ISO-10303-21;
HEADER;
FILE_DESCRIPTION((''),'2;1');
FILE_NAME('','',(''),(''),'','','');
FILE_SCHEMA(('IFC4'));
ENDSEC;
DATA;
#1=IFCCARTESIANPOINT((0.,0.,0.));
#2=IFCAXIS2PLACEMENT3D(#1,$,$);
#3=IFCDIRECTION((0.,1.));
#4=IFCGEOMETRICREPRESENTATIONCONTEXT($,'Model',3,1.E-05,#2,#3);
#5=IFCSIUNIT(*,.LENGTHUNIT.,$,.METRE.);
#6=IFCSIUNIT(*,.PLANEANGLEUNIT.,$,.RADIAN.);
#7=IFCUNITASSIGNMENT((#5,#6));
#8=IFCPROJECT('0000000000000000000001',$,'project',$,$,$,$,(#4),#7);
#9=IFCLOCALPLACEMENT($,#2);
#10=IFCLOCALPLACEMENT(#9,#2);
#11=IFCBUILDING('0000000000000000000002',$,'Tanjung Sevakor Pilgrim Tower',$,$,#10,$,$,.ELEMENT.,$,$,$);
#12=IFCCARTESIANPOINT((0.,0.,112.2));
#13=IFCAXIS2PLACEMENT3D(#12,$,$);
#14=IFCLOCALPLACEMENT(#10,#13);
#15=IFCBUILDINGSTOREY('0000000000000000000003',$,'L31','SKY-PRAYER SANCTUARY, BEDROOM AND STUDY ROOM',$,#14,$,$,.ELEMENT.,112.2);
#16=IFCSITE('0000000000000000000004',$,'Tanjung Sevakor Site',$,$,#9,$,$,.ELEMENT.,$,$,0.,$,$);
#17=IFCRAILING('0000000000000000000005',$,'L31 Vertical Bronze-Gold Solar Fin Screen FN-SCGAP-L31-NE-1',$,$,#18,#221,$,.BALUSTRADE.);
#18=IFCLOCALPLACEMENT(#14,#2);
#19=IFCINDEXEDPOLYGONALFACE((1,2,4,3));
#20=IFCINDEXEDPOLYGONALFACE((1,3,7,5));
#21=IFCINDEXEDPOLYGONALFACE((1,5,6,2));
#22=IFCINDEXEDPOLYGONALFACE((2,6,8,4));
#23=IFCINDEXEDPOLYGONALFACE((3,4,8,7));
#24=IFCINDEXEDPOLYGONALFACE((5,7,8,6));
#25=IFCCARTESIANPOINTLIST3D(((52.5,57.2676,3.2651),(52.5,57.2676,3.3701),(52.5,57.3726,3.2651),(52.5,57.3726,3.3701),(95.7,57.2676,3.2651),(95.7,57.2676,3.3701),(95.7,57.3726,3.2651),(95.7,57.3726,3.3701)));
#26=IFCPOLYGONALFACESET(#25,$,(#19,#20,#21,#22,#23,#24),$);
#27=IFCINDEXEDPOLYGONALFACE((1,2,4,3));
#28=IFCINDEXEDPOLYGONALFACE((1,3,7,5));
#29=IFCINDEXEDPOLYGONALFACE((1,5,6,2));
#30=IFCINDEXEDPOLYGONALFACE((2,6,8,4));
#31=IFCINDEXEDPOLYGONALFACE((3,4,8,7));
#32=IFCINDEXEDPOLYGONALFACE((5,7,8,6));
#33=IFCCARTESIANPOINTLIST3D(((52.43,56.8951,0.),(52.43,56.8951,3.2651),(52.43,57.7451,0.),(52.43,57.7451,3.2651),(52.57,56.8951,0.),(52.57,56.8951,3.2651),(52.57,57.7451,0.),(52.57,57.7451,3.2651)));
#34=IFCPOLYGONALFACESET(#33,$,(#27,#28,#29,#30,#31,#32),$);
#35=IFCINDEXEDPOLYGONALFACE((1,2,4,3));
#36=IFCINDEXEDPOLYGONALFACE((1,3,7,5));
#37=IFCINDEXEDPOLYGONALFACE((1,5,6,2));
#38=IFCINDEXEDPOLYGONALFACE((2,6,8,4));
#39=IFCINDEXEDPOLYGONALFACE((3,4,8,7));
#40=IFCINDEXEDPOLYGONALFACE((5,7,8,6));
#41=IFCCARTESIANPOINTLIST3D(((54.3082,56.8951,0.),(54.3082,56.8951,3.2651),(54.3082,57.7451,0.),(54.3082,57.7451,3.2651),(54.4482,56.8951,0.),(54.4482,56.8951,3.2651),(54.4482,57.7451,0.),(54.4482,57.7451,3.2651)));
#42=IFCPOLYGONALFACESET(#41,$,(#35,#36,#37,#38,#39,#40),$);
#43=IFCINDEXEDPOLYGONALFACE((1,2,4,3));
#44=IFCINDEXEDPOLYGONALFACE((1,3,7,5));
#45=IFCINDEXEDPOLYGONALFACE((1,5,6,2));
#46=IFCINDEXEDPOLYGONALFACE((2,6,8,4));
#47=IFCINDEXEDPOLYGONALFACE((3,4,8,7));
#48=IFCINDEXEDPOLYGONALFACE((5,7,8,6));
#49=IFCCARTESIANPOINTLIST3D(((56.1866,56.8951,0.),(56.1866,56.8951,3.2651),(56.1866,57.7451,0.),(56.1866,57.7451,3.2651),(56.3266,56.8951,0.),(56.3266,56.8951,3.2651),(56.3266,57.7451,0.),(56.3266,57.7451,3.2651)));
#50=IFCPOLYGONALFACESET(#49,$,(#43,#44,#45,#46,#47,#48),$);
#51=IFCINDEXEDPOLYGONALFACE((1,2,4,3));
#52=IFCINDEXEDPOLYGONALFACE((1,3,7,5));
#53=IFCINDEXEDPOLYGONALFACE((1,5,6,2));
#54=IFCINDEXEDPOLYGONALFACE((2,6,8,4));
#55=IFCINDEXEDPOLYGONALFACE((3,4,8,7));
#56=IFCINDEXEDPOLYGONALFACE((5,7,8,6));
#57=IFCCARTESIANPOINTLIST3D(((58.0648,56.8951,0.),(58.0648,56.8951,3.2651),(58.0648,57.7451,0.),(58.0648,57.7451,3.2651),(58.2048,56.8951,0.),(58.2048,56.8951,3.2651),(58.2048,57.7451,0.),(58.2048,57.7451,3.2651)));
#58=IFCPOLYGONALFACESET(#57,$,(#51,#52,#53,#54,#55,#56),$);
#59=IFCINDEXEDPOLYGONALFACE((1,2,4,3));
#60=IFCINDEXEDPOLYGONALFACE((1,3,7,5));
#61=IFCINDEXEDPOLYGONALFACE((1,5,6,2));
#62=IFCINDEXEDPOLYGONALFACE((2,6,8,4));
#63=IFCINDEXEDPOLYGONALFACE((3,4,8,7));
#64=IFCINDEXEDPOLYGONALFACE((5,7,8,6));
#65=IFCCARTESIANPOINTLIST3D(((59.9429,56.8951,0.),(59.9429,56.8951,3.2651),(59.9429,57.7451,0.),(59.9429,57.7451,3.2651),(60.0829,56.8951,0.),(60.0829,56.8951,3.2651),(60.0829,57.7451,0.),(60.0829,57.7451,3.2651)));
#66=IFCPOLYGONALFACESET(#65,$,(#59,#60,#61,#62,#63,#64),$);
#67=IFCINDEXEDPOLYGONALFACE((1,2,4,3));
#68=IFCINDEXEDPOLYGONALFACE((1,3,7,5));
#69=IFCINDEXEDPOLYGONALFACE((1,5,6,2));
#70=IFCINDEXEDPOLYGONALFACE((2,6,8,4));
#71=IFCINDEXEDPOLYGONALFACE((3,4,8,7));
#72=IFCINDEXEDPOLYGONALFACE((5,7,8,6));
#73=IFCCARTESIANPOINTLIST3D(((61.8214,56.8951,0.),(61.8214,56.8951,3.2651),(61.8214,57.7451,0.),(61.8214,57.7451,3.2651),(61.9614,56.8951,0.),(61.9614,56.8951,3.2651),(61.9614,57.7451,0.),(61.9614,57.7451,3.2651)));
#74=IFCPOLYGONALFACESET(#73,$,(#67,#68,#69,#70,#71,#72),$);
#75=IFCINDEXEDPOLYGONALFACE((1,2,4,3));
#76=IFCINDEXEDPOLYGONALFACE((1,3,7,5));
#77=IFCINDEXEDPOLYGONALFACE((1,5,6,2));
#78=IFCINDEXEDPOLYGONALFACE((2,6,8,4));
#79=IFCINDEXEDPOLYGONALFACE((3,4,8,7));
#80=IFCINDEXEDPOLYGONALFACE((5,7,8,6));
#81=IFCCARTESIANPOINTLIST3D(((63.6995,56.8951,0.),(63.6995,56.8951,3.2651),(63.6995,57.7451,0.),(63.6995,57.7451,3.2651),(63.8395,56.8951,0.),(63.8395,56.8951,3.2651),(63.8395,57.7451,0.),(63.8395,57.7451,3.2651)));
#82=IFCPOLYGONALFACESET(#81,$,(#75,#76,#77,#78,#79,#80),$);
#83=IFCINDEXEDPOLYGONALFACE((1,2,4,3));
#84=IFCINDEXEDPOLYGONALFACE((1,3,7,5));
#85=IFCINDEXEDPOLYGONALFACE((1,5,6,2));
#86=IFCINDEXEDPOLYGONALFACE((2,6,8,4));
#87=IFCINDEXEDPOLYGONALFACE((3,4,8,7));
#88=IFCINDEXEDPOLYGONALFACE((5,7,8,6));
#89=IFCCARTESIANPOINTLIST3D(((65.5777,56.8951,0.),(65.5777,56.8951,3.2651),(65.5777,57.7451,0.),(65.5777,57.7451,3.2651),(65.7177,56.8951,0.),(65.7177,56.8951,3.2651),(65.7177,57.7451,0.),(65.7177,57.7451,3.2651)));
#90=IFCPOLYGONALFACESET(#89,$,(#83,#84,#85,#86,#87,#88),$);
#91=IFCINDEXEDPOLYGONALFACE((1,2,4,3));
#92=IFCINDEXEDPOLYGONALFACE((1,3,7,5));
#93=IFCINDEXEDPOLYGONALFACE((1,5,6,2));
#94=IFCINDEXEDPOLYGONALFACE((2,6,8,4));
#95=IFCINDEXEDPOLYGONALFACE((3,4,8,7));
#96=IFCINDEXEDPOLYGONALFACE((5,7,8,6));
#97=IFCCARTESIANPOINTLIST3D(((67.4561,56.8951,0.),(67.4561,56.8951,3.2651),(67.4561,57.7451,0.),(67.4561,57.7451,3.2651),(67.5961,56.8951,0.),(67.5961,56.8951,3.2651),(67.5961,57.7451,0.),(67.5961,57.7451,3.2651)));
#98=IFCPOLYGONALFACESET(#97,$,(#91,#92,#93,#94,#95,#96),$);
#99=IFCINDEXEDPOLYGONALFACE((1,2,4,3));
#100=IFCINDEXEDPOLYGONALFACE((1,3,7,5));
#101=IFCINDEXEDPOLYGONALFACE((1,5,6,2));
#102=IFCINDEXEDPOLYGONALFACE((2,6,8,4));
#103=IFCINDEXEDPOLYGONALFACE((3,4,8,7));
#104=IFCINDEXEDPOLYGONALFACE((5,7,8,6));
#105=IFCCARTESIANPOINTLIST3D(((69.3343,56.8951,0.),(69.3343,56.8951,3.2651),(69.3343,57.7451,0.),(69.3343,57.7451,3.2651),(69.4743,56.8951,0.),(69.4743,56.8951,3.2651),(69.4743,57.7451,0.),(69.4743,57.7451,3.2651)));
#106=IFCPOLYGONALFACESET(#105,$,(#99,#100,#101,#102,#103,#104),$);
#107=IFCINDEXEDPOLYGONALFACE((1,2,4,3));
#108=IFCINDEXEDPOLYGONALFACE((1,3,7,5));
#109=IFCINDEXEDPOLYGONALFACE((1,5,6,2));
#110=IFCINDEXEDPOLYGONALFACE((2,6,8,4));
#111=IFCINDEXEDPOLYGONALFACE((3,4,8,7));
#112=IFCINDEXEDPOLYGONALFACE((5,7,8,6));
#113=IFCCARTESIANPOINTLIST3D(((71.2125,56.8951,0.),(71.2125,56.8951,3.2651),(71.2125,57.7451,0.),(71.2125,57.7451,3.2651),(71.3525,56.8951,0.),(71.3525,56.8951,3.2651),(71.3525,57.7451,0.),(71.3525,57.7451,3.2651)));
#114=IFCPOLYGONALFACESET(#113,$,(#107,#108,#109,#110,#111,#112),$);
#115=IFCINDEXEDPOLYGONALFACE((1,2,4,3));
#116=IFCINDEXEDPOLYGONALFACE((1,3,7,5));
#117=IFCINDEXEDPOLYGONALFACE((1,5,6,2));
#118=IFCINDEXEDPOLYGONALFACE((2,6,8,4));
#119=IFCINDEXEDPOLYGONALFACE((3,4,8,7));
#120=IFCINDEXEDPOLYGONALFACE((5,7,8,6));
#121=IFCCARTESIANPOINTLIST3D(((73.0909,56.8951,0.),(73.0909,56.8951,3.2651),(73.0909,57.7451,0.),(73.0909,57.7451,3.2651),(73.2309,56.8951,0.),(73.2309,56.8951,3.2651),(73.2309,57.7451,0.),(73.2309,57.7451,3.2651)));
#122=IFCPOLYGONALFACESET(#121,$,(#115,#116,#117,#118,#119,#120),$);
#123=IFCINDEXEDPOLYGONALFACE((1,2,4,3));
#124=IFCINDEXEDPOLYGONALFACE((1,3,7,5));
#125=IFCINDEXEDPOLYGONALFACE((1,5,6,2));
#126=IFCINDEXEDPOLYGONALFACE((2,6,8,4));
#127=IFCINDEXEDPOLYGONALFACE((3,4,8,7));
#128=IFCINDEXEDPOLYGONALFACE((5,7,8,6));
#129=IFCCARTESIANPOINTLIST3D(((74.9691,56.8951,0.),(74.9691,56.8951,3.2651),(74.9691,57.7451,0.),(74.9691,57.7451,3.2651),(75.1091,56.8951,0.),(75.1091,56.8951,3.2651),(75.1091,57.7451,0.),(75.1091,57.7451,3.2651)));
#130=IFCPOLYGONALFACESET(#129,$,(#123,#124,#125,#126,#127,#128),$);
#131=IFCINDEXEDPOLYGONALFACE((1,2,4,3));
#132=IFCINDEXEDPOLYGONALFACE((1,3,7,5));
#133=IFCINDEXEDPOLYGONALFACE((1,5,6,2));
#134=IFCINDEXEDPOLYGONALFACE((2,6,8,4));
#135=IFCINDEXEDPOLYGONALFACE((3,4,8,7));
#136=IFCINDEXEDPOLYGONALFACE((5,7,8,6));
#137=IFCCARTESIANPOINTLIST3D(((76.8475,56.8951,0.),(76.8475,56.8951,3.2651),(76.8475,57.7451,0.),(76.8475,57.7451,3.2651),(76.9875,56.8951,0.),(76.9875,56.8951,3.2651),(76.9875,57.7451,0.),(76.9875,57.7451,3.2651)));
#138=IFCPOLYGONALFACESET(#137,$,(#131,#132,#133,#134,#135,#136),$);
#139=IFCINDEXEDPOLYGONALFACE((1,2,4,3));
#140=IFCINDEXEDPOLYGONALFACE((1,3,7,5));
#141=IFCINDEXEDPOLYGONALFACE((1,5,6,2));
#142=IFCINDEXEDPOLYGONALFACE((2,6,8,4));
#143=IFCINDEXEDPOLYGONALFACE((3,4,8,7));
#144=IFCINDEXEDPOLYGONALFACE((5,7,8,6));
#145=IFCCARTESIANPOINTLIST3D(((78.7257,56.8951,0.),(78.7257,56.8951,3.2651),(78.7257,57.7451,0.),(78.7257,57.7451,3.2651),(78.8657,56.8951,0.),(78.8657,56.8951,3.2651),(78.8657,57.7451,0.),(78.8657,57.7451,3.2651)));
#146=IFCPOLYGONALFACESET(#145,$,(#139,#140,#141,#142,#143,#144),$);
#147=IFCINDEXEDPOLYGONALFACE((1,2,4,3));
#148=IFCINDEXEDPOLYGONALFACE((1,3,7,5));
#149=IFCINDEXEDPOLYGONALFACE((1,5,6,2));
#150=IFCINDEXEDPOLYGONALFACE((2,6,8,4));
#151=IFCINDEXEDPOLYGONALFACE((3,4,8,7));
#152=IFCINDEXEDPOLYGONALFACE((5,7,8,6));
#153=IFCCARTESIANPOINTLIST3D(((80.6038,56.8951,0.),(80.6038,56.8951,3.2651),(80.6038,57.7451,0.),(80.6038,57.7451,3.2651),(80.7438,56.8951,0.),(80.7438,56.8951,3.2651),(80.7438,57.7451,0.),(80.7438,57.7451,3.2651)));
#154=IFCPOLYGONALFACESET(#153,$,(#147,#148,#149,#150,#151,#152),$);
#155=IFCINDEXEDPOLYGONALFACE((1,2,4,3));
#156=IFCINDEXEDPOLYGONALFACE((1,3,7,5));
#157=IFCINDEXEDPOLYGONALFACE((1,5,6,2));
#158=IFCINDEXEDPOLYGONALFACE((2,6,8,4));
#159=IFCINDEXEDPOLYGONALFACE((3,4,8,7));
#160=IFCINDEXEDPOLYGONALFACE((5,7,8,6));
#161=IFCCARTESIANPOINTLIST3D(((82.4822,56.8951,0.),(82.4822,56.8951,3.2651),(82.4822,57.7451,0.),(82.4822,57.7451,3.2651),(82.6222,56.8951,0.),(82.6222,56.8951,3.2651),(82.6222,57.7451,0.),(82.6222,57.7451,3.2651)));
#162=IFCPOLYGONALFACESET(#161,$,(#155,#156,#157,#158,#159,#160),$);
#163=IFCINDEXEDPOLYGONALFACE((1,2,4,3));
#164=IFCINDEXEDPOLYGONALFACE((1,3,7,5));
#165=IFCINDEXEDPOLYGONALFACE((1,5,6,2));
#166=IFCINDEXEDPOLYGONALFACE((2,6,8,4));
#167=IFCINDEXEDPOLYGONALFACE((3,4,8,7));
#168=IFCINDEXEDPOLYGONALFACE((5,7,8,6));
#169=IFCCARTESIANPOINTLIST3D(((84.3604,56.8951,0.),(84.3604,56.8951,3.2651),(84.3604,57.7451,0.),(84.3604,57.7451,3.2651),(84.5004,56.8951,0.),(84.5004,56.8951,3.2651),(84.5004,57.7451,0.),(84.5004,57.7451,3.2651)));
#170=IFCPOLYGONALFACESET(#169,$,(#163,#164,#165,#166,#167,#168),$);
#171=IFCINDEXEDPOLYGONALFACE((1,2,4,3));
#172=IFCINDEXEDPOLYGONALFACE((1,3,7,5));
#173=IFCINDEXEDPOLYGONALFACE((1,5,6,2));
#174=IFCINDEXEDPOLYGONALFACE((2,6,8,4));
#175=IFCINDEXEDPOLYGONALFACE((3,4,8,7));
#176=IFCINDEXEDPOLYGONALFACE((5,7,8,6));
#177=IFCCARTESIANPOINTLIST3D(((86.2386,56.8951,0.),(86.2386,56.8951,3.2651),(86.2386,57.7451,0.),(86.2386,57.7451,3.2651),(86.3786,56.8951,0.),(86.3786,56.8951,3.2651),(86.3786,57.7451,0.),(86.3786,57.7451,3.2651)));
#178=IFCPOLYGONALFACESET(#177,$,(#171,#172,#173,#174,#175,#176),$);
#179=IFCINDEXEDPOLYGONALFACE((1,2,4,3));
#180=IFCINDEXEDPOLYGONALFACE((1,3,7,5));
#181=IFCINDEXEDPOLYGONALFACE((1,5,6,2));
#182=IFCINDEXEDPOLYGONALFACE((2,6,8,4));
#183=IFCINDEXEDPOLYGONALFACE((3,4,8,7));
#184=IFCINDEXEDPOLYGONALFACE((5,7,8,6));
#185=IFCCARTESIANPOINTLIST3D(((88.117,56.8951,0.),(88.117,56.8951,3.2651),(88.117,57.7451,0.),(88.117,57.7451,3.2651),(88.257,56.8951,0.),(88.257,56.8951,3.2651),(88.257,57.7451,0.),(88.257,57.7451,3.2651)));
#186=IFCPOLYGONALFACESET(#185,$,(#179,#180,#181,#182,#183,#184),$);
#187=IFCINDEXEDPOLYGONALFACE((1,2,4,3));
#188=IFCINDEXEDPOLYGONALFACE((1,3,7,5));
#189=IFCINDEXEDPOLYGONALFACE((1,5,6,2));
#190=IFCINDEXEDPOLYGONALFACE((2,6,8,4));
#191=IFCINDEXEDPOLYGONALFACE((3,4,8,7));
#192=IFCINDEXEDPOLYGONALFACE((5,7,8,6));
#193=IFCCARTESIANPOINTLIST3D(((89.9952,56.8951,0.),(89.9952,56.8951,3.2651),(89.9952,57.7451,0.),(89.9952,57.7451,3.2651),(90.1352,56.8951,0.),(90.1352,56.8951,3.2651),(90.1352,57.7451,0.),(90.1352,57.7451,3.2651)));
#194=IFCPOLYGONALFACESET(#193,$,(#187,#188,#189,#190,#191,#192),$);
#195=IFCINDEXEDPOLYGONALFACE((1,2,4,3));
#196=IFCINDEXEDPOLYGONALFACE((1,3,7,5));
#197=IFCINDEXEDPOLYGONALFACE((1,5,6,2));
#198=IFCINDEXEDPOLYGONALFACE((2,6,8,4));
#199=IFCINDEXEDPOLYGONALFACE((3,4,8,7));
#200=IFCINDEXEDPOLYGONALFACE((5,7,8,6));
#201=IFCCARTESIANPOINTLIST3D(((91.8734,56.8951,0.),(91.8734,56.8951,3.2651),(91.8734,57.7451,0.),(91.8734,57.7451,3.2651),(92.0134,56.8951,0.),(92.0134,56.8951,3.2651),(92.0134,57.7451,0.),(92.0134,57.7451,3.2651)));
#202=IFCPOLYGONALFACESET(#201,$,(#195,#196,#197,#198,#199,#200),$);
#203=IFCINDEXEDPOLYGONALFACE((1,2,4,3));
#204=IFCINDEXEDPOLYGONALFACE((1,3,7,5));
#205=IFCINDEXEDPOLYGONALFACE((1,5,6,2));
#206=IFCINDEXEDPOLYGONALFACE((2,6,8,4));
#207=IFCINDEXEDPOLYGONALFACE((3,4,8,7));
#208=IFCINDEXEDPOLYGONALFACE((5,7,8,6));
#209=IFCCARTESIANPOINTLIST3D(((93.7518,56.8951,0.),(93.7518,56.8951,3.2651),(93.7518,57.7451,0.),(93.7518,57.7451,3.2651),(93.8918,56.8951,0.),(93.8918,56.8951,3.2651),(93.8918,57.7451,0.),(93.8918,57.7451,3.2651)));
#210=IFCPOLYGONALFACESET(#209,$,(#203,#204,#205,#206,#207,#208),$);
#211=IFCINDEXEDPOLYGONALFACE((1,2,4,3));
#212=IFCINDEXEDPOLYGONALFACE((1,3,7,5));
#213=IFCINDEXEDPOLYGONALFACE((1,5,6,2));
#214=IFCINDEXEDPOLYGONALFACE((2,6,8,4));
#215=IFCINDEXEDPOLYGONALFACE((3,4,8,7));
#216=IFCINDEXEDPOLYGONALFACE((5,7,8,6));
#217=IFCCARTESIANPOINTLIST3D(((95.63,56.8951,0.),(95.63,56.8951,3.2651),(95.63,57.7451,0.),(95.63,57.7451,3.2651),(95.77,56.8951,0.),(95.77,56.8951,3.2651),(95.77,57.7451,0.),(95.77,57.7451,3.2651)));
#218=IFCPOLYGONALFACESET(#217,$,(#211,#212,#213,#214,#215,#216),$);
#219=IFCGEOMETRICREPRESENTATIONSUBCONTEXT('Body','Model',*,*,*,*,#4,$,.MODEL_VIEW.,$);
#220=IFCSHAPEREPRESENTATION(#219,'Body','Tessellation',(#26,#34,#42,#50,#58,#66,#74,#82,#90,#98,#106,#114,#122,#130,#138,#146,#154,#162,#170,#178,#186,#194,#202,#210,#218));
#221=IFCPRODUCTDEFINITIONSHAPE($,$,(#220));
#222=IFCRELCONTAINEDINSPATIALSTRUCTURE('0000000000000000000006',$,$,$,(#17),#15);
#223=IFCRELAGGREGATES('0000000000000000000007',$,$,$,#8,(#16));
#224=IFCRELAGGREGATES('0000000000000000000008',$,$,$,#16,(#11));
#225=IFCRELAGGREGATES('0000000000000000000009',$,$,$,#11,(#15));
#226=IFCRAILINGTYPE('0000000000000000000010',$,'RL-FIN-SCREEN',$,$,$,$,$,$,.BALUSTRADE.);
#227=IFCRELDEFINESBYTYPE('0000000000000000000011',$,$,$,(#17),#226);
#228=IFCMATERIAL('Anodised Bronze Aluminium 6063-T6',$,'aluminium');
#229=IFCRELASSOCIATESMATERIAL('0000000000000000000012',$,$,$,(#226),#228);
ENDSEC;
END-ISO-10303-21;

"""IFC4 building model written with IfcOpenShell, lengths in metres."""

from ifc_helpers import new_model, si_unit, direction, frame, origin, place, context, subcontext, project, spatial, rectangle, extrude, material, type_object, element, save


model = new_model("IFC4")

# Units and contexts
model_context = context("Model", 3, precision=1e-05, world=origin(), true_north=direction((0.0, 1.0)))
body_context = subcontext(model_context, "Body", "Model", "MODEL_VIEW")
ifc_project = project(units=[si_unit("LENGTHUNIT", "METRE"), si_unit("PLANEANGLEUNIT", "RADIAN")], contexts=[model_context])

# Site, building, storey
site_placement = place(None, origin())
site = spatial("IfcSite", under=ifc_project, at=site_placement, Name="Tanjung Sevakor Site", CompositionType="ELEMENT", RefElevation=0.0)
building_placement = place(site_placement, origin())
building = spatial("IfcBuilding", under=site, at=building_placement, Name="Tanjung Sevakor Pilgrim Tower", CompositionType="ELEMENT")
storey_placement = place(building_placement, frame((0.0, 0.0, 112.2)))
storey = spatial("IfcBuildingStorey", under=building, at=storey_placement, Name="L31", Description="SKY-PRAYER SANCTUARY, BEDROOM AND STUDY ROOM", CompositionType="ELEMENT", Elevation=112.2)

# Railing
ifc_material_1 = material(Name="Anodised Bronze Aluminium 6063-T6", Category="aluminium")
railing_type = type_object("IfcRailingType", Name="RL-FIN-SCREEN", PredefinedType="BALUSTRADE", material=ifc_material_1)
railing_placement = place(storey_placement, frame((52.5, 57.3201, 0.0)))
element("IfcRailing", 1, at=railing_placement, inside=storey, type_object=railing_type, Name="L31 Vertical Bronze-Gold Solar Fin Screen FN-SCGAP-L31-NE-1", PredefinedType="BALUSTRADE", context=body_context, shape_type="SweptSolid", body=[
    extrude(rectangle(XDim=0.105, YDim=0.105), frame((0.0, 0.0, 3.3176), z_axis=(1.0, 0.0, 0.0), x_axis=(0.0, 1.0, 0.0)), (0.0, 0.0, 1.0), 43.2),
    extrude(rectangle(XDim=0.14, YDim=0.85), origin(), (0.0, 0.0, 1.0), 3.2651),
    extrude(rectangle(XDim=0.14, YDim=0.85), frame((1.8782, 0.0, 0.0)), (0.0, 0.0, 1.0), 3.2651),
    extrude(rectangle(XDim=0.14, YDim=0.85), frame((3.7566, 0.0, 0.0)), (0.0, 0.0, 1.0), 3.2651),
    extrude(rectangle(XDim=0.14, YDim=0.85), frame((5.6348, 0.0, 0.0)), (0.0, 0.0, 1.0), 3.2651),
    extrude(rectangle(XDim=0.14, YDim=0.85), frame((7.5129, 0.0, 0.0)), (0.0, 0.0, 1.0), 3.2651),
    extrude(rectangle(XDim=0.14, YDim=0.85), frame((9.3914, 0.0, 0.0)), (0.0, 0.0, 1.0), 3.2651),
    extrude(rectangle(XDim=0.14, YDim=0.85), frame((11.2695, 0.0, 0.0)), (0.0, 0.0, 1.0), 3.2651),
    extrude(rectangle(XDim=0.14, YDim=0.85), frame((13.1477, 0.0, 0.0)), (0.0, 0.0, 1.0), 3.2651),
    extrude(rectangle(XDim=0.14, YDim=0.85), frame((15.0261, 0.0, 0.0)), (0.0, 0.0, 1.0), 3.2651),
    extrude(rectangle(XDim=0.14, YDim=0.85), frame((16.9043, 0.0, 0.0)), (0.0, 0.0, 1.0), 3.2651),
    extrude(rectangle(XDim=0.14, YDim=0.85), frame((18.7825, 0.0, 0.0)), (0.0, 0.0, 1.0), 3.2651),
    extrude(rectangle(XDim=0.14, YDim=0.85), frame((20.6609, 0.0, 0.0)), (0.0, 0.0, 1.0), 3.2651),
    extrude(rectangle(XDim=0.14, YDim=0.85), frame((22.5391, 0.0, 0.0)), (0.0, 0.0, 1.0), 3.2651),
    extrude(rectangle(XDim=0.14, YDim=0.85), frame((24.4175, 0.0, 0.0)), (0.0, 0.0, 1.0), 3.2651),
    extrude(rectangle(XDim=0.14, YDim=0.85), frame((26.2957, 0.0, 0.0)), (0.0, 0.0, 1.0), 3.2651),
    extrude(rectangle(XDim=0.14, YDim=0.85), frame((28.1738, 0.0, 0.0)), (0.0, 0.0, 1.0), 3.2651),
    extrude(rectangle(XDim=0.14, YDim=0.85), frame((30.0522, 0.0, 0.0)), (0.0, 0.0, 1.0), 3.2651),
    extrude(rectangle(XDim=0.14, YDim=0.85), frame((31.9304, 0.0, 0.0)), (0.0, 0.0, 1.0), 3.2651),
    extrude(rectangle(XDim=0.14, YDim=0.85), frame((33.8086, 0.0, 0.0)), (0.0, 0.0, 1.0), 3.2651),
    extrude(rectangle(XDim=0.14, YDim=0.85), frame((35.687, 0.0, 0.0)), (0.0, 0.0, 1.0), 3.2651),
    extrude(rectangle(XDim=0.14, YDim=0.85), frame((37.5652, 0.0, 0.0)), (0.0, 0.0, 1.0), 3.2651),
    extrude(rectangle(XDim=0.14, YDim=0.85), frame((39.4434, 0.0, 0.0)), (0.0, 0.0, 1.0), 3.2651),
    extrude(rectangle(XDim=0.14, YDim=0.85), frame((41.3218, 0.0, 0.0)), (0.0, 0.0, 1.0), 3.2651),
    extrude(rectangle(XDim=0.14, YDim=0.85), frame((43.2, 0.0, 0.0)), (0.0, 0.0, 1.0), 3.2651),
])

save(model, "model.ifc")
